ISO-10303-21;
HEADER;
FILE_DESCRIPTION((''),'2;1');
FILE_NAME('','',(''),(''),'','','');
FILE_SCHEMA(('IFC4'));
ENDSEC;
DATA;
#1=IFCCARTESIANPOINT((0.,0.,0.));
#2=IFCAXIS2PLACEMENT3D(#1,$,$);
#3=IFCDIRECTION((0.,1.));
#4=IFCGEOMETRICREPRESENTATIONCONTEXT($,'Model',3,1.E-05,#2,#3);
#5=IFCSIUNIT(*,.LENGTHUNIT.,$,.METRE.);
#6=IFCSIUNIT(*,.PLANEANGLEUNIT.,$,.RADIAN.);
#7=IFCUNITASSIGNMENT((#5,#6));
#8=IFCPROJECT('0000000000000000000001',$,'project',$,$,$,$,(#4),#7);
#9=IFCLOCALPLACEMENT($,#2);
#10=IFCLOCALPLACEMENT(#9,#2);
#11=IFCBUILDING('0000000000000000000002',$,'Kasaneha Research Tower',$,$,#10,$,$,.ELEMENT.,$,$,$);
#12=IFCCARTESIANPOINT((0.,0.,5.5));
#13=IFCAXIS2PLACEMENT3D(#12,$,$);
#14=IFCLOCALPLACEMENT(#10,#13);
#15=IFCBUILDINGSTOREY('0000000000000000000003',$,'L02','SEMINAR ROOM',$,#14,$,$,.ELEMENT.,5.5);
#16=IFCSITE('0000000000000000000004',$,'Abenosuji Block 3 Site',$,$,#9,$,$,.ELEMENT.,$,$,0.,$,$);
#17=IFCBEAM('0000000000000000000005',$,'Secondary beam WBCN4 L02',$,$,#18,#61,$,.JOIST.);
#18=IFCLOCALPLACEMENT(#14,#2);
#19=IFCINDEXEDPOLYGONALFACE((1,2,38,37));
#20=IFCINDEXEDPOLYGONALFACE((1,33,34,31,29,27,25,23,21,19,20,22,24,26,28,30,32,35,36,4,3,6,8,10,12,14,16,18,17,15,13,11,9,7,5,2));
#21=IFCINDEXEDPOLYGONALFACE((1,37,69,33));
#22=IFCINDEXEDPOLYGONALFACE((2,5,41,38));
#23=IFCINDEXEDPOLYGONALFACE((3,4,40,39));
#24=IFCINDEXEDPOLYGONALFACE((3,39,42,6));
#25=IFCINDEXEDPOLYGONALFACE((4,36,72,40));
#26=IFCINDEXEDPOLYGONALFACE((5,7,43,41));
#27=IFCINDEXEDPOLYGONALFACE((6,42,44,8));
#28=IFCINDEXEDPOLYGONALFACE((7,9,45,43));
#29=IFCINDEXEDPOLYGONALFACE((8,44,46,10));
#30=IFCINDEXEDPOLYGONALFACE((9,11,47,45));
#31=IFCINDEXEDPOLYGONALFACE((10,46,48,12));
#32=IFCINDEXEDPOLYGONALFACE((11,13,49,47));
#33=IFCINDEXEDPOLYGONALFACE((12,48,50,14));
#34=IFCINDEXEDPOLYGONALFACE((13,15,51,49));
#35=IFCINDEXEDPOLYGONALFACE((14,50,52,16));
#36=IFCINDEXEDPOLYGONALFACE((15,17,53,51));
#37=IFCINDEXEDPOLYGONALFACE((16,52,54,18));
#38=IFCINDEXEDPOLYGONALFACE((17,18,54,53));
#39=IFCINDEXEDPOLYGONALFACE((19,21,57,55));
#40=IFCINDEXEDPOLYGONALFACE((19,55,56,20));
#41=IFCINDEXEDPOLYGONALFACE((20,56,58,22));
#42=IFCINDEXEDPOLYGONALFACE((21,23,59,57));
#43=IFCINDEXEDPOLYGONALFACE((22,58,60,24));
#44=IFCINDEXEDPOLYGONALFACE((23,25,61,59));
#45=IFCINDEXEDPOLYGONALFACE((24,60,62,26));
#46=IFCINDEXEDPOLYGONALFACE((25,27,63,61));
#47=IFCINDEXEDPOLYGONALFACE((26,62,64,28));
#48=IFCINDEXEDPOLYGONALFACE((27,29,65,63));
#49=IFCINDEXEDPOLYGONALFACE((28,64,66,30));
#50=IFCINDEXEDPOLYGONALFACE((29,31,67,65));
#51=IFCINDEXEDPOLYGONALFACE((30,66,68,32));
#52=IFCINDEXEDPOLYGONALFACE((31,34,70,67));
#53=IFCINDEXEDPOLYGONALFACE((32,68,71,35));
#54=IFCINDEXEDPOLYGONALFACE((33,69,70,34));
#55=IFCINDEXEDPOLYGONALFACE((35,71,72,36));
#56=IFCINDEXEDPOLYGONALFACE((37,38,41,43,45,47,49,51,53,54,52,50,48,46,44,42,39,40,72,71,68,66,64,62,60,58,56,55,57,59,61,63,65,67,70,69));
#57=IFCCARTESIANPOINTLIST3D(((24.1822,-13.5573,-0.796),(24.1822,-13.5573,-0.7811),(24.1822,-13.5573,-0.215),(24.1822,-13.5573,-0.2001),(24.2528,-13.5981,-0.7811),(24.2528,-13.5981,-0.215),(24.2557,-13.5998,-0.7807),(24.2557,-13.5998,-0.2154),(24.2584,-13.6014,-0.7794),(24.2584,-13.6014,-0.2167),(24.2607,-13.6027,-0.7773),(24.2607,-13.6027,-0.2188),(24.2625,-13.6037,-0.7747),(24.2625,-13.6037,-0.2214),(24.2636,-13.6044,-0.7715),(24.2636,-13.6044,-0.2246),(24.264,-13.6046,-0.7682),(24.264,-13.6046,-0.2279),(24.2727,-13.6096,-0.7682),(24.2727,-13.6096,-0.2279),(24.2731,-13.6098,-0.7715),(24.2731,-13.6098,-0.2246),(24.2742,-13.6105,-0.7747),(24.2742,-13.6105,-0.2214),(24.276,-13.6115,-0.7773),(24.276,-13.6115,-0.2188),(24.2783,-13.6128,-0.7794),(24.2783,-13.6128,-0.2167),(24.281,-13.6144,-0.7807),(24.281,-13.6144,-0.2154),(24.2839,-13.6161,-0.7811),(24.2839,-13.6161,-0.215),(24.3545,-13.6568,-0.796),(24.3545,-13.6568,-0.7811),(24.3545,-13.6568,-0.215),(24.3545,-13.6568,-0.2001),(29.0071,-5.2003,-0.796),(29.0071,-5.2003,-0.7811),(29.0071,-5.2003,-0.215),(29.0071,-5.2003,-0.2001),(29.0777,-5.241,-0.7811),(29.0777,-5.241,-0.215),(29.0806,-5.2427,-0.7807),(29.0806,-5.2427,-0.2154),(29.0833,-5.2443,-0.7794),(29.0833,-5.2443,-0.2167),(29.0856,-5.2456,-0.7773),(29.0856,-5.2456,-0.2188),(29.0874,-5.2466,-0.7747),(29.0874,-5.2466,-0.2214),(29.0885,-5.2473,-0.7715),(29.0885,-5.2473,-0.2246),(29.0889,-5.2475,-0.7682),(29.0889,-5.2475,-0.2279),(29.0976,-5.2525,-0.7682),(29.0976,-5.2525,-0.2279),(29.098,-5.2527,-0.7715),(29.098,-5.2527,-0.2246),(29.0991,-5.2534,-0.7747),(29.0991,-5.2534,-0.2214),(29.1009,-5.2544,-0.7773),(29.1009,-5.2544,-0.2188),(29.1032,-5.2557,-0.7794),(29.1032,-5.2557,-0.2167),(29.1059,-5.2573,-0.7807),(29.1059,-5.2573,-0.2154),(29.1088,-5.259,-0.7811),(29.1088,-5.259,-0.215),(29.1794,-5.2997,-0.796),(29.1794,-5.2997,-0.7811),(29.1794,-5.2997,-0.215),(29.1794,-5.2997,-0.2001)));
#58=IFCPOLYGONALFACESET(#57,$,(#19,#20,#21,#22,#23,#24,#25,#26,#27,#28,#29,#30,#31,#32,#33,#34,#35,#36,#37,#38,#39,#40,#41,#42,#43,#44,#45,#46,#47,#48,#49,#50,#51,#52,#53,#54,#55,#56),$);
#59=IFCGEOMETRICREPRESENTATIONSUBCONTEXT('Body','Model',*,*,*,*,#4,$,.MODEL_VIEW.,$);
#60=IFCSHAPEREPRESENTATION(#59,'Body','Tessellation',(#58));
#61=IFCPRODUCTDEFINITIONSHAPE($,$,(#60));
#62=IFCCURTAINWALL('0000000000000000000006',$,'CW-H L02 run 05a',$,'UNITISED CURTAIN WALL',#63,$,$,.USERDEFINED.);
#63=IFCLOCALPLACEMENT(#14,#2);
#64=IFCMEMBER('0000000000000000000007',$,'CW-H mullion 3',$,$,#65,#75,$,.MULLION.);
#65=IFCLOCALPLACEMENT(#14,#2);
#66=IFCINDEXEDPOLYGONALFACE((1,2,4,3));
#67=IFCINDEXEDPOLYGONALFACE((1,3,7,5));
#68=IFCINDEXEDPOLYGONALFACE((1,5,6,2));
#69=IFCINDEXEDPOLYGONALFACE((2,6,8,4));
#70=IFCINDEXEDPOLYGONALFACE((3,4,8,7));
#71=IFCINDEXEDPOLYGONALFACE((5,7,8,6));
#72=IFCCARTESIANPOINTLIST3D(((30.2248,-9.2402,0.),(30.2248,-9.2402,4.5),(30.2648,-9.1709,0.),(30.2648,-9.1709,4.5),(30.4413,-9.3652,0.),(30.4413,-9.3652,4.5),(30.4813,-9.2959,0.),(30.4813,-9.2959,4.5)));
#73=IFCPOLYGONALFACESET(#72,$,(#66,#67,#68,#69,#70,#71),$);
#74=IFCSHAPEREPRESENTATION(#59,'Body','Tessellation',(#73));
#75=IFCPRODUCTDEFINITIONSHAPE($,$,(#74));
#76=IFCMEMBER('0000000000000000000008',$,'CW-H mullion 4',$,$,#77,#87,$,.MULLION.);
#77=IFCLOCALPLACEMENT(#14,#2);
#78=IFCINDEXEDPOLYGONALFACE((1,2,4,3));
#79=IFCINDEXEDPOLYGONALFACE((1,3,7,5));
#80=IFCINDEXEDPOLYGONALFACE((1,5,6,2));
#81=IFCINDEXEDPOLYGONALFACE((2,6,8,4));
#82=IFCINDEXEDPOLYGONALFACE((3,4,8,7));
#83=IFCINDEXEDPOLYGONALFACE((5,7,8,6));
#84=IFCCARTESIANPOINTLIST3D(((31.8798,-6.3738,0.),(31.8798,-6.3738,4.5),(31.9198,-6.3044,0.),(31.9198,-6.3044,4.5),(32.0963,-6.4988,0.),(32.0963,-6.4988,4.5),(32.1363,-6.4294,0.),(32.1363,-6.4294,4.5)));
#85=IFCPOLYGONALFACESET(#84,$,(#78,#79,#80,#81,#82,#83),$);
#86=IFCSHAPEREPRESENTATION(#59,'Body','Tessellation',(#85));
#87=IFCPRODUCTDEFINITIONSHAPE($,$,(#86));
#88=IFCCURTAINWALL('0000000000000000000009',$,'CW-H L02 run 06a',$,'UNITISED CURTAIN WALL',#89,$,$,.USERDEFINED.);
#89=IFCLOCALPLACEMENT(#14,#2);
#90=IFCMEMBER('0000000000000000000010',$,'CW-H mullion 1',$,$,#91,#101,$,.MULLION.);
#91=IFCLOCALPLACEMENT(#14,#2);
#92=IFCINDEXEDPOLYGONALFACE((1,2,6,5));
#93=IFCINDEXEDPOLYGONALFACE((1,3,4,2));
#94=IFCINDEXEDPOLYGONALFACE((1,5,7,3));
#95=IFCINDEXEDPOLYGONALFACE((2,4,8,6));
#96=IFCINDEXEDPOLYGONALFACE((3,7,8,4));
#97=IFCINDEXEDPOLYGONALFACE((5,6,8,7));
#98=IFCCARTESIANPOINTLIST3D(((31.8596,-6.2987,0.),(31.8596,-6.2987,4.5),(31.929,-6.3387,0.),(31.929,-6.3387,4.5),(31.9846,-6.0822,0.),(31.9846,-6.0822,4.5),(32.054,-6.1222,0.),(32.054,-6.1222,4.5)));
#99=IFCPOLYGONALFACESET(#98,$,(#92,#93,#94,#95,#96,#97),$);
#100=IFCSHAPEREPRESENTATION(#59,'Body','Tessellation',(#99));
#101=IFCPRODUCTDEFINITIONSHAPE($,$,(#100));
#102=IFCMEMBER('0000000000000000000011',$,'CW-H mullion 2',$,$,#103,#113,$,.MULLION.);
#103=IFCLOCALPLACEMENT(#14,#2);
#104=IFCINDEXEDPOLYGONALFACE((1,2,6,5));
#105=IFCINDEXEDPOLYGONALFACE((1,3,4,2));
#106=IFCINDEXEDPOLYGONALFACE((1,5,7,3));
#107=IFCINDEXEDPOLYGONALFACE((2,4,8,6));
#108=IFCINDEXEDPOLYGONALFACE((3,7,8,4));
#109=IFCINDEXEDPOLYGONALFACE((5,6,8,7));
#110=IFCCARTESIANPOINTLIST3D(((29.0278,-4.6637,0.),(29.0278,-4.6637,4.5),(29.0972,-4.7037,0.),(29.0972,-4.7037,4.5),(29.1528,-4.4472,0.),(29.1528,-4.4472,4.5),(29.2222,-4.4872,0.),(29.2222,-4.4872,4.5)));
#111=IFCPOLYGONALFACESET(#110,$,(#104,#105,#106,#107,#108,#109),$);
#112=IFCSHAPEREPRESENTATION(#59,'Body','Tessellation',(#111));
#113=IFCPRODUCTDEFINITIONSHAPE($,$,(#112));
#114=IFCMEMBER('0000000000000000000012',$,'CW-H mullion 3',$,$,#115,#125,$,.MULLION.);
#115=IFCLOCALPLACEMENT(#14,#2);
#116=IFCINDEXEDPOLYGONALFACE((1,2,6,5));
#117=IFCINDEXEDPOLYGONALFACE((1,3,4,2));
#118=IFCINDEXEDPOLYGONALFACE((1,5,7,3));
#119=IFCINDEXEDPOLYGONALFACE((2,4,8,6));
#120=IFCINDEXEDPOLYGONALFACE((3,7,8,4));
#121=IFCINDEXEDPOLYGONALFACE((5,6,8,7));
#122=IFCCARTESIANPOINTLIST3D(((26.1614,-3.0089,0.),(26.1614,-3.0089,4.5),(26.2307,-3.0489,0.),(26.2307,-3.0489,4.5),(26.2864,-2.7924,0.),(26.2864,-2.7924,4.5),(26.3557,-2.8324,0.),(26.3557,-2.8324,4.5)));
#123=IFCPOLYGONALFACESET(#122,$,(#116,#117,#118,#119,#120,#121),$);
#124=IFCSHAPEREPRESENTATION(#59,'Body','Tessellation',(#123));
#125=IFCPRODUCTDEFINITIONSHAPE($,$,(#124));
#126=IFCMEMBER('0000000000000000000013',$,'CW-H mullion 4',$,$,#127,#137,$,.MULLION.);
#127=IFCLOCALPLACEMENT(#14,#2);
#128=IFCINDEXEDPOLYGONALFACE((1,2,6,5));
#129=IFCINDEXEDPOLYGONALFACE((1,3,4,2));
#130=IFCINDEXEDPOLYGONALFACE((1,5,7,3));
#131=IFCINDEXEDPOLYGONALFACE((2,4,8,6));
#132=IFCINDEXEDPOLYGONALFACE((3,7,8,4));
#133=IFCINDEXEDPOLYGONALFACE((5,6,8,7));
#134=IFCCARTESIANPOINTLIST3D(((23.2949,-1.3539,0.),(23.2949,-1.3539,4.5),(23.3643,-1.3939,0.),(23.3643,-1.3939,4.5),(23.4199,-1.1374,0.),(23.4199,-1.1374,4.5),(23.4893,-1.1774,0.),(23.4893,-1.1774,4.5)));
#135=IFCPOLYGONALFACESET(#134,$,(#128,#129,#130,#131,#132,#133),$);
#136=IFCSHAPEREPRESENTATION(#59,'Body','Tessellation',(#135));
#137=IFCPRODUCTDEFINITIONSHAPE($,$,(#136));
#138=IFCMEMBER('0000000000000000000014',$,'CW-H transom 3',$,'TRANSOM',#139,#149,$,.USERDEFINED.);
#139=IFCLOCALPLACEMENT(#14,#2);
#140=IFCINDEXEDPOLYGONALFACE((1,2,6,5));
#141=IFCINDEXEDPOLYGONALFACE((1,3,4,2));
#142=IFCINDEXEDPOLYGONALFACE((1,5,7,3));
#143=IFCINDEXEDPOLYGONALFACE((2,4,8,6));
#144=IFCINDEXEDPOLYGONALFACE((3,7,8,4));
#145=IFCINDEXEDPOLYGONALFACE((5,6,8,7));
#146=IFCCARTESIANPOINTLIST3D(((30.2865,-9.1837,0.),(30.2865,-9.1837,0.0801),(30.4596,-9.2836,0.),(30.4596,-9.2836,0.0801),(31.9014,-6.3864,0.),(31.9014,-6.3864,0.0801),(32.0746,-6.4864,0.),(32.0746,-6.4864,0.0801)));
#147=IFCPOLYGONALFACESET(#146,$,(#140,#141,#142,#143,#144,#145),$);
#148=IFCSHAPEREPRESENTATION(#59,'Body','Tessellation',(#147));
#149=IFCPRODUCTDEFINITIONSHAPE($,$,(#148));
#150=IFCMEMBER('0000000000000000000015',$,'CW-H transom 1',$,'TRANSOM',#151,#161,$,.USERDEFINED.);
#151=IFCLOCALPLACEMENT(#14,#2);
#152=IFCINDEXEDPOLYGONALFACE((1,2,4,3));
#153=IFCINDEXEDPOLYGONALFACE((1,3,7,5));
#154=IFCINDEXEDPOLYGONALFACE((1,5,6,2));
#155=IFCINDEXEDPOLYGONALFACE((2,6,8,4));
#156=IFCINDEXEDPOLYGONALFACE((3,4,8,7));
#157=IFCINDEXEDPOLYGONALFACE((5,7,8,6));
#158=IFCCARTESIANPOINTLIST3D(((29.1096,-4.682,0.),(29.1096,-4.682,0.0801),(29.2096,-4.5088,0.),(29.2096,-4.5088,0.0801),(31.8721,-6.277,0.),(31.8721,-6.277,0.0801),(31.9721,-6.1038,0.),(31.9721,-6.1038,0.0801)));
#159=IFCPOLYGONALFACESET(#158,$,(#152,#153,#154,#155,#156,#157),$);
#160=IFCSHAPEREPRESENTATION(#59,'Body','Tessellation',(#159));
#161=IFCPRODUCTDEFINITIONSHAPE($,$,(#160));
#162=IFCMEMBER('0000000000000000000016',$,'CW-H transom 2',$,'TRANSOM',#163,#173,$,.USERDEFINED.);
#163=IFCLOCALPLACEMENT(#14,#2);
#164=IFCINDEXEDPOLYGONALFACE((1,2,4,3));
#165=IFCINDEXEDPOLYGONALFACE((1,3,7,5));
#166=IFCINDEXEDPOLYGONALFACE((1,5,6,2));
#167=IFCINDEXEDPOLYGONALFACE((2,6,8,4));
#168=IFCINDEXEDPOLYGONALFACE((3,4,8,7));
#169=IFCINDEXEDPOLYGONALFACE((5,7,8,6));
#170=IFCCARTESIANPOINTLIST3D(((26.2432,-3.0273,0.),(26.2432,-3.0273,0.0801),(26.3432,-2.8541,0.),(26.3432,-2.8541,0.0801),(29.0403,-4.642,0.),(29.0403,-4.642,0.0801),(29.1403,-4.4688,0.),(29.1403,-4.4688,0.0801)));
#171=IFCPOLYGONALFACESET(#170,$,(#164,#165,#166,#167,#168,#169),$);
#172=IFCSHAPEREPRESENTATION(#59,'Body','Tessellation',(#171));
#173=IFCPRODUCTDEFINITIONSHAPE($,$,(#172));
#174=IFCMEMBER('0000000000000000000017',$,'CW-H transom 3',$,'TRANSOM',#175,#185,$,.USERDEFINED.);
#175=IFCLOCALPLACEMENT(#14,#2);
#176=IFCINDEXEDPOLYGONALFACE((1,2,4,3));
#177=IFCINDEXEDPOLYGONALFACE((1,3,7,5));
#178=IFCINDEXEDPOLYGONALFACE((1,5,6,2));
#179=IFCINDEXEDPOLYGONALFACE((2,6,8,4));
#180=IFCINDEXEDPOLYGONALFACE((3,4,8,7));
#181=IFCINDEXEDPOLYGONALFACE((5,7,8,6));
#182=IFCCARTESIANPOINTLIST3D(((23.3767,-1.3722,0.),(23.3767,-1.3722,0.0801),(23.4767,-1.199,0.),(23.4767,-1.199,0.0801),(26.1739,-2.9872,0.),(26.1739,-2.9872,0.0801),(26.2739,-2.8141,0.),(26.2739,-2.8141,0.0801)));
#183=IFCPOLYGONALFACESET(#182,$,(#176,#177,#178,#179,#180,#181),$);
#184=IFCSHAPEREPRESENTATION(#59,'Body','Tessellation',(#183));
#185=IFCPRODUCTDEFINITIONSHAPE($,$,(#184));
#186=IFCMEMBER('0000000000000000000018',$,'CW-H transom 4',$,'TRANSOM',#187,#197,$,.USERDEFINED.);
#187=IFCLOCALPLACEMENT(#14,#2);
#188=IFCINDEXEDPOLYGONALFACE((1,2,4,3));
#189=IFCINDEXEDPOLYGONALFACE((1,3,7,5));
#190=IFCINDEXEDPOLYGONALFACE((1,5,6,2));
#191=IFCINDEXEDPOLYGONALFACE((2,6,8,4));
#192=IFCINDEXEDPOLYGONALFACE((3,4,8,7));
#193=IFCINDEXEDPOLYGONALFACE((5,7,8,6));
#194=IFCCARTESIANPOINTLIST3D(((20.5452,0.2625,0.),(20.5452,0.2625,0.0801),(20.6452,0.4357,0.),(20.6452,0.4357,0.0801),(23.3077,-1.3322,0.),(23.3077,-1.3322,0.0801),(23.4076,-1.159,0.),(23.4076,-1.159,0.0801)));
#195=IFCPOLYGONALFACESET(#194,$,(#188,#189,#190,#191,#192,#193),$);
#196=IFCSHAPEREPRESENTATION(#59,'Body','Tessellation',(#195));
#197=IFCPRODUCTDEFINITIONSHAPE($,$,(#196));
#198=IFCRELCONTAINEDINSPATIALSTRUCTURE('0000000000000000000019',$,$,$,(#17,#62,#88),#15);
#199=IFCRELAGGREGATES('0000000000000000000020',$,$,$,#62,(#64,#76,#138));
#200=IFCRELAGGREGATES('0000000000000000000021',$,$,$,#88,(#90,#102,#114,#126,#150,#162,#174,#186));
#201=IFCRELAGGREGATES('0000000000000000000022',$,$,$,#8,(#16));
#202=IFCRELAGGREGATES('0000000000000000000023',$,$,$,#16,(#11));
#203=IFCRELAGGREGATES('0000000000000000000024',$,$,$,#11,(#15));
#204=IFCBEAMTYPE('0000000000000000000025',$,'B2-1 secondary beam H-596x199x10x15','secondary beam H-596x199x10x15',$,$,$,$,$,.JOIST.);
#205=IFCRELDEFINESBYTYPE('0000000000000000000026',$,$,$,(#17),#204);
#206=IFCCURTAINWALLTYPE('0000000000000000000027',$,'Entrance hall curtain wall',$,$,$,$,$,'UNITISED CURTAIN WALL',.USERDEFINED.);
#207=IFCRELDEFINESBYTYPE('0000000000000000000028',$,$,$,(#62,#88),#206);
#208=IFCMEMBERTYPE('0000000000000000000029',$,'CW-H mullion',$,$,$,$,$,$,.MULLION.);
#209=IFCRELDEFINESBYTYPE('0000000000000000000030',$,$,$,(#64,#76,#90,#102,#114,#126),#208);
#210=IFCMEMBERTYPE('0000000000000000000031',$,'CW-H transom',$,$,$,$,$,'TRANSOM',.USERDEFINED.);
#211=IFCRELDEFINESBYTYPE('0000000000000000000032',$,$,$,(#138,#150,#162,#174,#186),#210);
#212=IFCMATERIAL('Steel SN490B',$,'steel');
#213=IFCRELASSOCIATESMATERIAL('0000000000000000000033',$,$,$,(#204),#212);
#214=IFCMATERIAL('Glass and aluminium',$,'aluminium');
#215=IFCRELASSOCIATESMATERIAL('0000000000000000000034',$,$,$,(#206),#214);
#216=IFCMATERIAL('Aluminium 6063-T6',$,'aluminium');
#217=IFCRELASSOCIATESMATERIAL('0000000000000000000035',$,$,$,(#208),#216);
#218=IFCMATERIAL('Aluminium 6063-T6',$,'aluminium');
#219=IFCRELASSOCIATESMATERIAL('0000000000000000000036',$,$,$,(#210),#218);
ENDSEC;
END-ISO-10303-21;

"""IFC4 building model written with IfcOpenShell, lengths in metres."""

from ifc_helpers import new_model, si_unit, direction, frame, origin, origin_2d, place, context, subcontext, project, spatial, rectangle, i_section, extrude, material, material_profile, profile_set, type_object, element, aggregate, save


model = new_model("IFC4")

# Units and contexts
model_context = context("Model", 3, precision=1e-05, world=origin(), true_north=direction((0.0, 1.0)))
body_context = subcontext(model_context, "Body", "Model", "MODEL_VIEW")
ifc_project = project(units=[si_unit("LENGTHUNIT", "METRE"), si_unit("PLANEANGLEUNIT", "RADIAN")], contexts=[model_context])

# Site, building, storey
site_placement = place(None, origin())
site = spatial("IfcSite", under=ifc_project, at=site_placement, Name="Abenosuji Block 3 Site", CompositionType="ELEMENT", RefElevation=0.0)
building_placement = place(site_placement, origin())
building = spatial("IfcBuilding", under=site, at=building_placement, Name="Kasaneha Research Tower", CompositionType="ELEMENT")
storey_placement = place(building_placement, frame((0.0, 0.0, 5.5)))
storey = spatial("IfcBuildingStorey", under=building, at=storey_placement, Name="L02", Description="SEMINAR ROOM", CompositionType="ELEMENT", Elevation=5.5)

# Beam
ifc_material_1 = material(Name="Steel SN490B", Category="steel")
ifc_material_profile_1 = material_profile(ifc_material_1, i_section(OverallWidth=0.199, OverallDepth=0.5959, WebThickness=0.01, FlangeThickness=0.0149, FilletRadius=0.0129, at=origin_2d()), Name="H-596x199x10x15")
ifc_profile_set_1 = profile_set([ifc_material_profile_1], Name="Steel SN490B")
beam_type_1 = type_object("IfcBeamType", Name="B2-1 secondary beam H-596x199x10x15", Description="secondary beam H-596x199x10x15", PredefinedType="JOIST", material=ifc_profile_set_1)
for number, where, z_axis, x_axis, name in (
    (1, (29.0933, -5.25, -0.498), (-0.499995, -0.866028, 0.0), (0.866028, -0.499995, 0.0), "Secondary beam WBCN4 L02"),
):
    element("IfcBeam", number, at=place(storey_placement, frame(where, z_axis=z_axis, x_axis=x_axis)), inside=storey, type_object=beam_type_1, Name=name, PredefinedType="JOIST", context=body_context, shape_type="SweptSolid", body=[
        extrude(i_section(OverallWidth=0.199, OverallDepth=0.5959, WebThickness=0.01, FlangeThickness=0.0149, FilletRadius=0.0129, at=origin_2d()), origin(), (0.0, 0.0, 1.0), 9.6499),
    ])

# Curtain walls, members
ifc_material_2 = material(Name="Glass and aluminium", Category="aluminium")
curtain_wall_type = type_object("IfcCurtainWallType", Name="Entrance hall curtain wall", ElementType="UNITISED CURTAIN WALL", PredefinedType="USERDEFINED", material=ifc_material_2)
curtain_wall_1_placement = place(storey_placement, origin())
curtain_wall_1 = element("IfcCurtainWall", 2, at=curtain_wall_1_placement, inside=storey, type_object=curtain_wall_type, Name="CW-H L02 run 05a", ObjectType="UNITISED CURTAIN WALL", PredefinedType="USERDEFINED")
ifc_material_3 = material(Name="Aluminium 6063-T6", Category="aluminium")
ifc_material_profile_2 = material_profile(ifc_material_3, rectangle(XDim=0.0801, YDim=0.25, at=origin_2d()), Name="CW-H mullion 80x250")
ifc_profile_set_2 = profile_set([ifc_material_profile_2], Name="Aluminium 6063-T6")
member_type_1 = type_object("IfcMemberType", Name="CW-H mullion", PredefinedType="MULLION", material=ifc_profile_set_2)
member_1_placement = place(storey_placement, frame((30.353, -9.2681, 0.0), z_axis=(0.0, 0.0, 1.0), x_axis=(0.5, 0.866025, 0.0)))
member_1 = element("IfcMember", 3, at=member_1_placement, type_object=member_type_1, Name="CW-H mullion 3", PredefinedType="MULLION", context=body_context, shape_type="SweptSolid", body=[
    extrude(rectangle(XDim=0.0801, YDim=0.25, at=origin_2d()), origin(), (0.0, 0.0, 1.0), 4.5),
])
member_2_placement = place(storey_placement, frame((32.0081, -6.4016, 0.0), z_axis=(0.0, 0.0, 1.0), x_axis=(0.5, 0.866025, 0.0)))
member_2 = element("IfcMember", 4, at=member_2_placement, type_object=member_type_1, Name="CW-H mullion 4", PredefinedType="MULLION", context=body_context, shape_type="SweptSolid", body=[
    extrude(rectangle(XDim=0.0801, YDim=0.25, at=origin_2d()), origin(), (0.0, 0.0, 1.0), 4.5),
])
curtain_wall_2_placement = place(storey_placement, origin())
curtain_wall_2 = element("IfcCurtainWall", 5, at=curtain_wall_2_placement, inside=storey, type_object=curtain_wall_type, Name="CW-H L02 run 06a", ObjectType="UNITISED CURTAIN WALL", PredefinedType="USERDEFINED")
member_3_placement = place(storey_placement, frame((31.9568, -6.2104, 0.0), z_axis=(0.0, 0.0, 1.0), x_axis=(-0.866025, 0.5, 0.0)))
member_3 = element("IfcMember", 6, at=member_3_placement, type_object=member_type_1, Name="CW-H mullion 1", PredefinedType="MULLION", context=body_context, shape_type="SweptSolid", body=[
    extrude(rectangle(XDim=0.0801, YDim=0.25, at=origin_2d()), origin(), (0.0, 0.0, 1.0), 4.5),
])
member_4_placement = place(storey_placement, frame((29.125, -4.5754, 0.0), z_axis=(0.0, 0.0, 1.0), x_axis=(-0.866025, 0.5, 0.0)))
member_4 = element("IfcMember", 7, at=member_4_placement, type_object=member_type_1, Name="CW-H mullion 2", PredefinedType="MULLION", context=body_context, shape_type="SweptSolid", body=[
    extrude(rectangle(XDim=0.0801, YDim=0.25, at=origin_2d()), origin(), (0.0, 0.0, 1.0), 4.5),
])
member_5_placement = place(storey_placement, frame((26.2585, -2.9207, 0.0), z_axis=(0.0, 0.0, 1.0), x_axis=(-0.866025, 0.5, 0.0)))
member_5 = element("IfcMember", 8, at=member_5_placement, type_object=member_type_1, Name="CW-H mullion 3", PredefinedType="MULLION", context=body_context, shape_type="SweptSolid", body=[
    extrude(rectangle(XDim=0.0801, YDim=0.25, at=origin_2d()), origin(), (0.0, 0.0, 1.0), 4.5),
])
member_6_placement = place(storey_placement, frame((23.3921, -1.2656, 0.0), z_axis=(0.0, 0.0, 1.0), x_axis=(-0.866025, 0.5, 0.0)))
member_6 = element("IfcMember", 9, at=member_6_placement, type_object=member_type_1, Name="CW-H mullion 4", PredefinedType="MULLION", context=body_context, shape_type="SweptSolid", body=[
    extrude(rectangle(XDim=0.0801, YDim=0.25, at=origin_2d()), origin(), (0.0, 0.0, 1.0), 4.5),
])

# Members
ifc_material_4 = material(Name="Aluminium 6063-T6", Category="aluminium")
ifc_material_profile_3 = material_profile(ifc_material_4, rectangle(XDim=0.2, YDim=0.0801, at=origin_2d()), Name="CW-H transom 200x80")
ifc_profile_set_3 = profile_set([ifc_material_profile_3], Name="Aluminium 6063-T6")
member_type_2 = type_object("IfcMemberType", Name="CW-H transom", ElementType="TRANSOM", PredefinedType="USERDEFINED", material=ifc_profile_set_3)
member_7_placement = place(storey_placement, frame((30.373, -9.2336, 0.04), z_axis=(0.499984, 0.866035, 0.0), x_axis=(-0.866035, 0.499984, 0.0)))
member_7 = element("IfcMember", 10, at=member_7_placement, type_object=member_type_2, Name="CW-H transom 3", ObjectType="TRANSOM", PredefinedType="USERDEFINED", context=body_context, shape_type="SweptSolid", body=[
    extrude(rectangle(XDim=0.2, YDim=0.0801, at=origin_2d()), origin(), (0.0, 0.0, 1.0), 3.23),
])
member_8_placement = place(storey_placement, frame((31.9221, -6.1904, 0.04), z_axis=(-0.866016, 0.500016, 0.0), x_axis=(-0.500016, -0.866016, 0.0)))
member_8 = element("IfcMember", 11, at=member_8_placement, type_object=member_type_2, Name="CW-H transom 1", ObjectType="TRANSOM", PredefinedType="USERDEFINED", context=body_context, shape_type="SweptSolid", body=[
    extrude(rectangle(XDim=0.2, YDim=0.0801, at=origin_2d()), origin(), (0.0, 0.0, 1.0), 3.1899),
])
member_9_placement = place(storey_placement, frame((29.0903, -4.5554, 0.04), z_axis=(-0.866048, 0.49996, 0.0), x_axis=(-0.49996, -0.866048, 0.0)))
member_9 = element("IfcMember", 12, at=member_9_placement, type_object=member_type_2, Name="CW-H transom 2", ObjectType="TRANSOM", PredefinedType="USERDEFINED", context=body_context, shape_type="SweptSolid", body=[
    extrude(rectangle(XDim=0.2, YDim=0.0801, at=origin_2d()), origin(), (0.0, 0.0, 1.0), 3.2297),
])
member_10_placement = place(storey_placement, frame((26.2239, -2.9006, 0.04), z_axis=(-0.866016, 0.500017, 0.0), x_axis=(-0.500017, -0.866016, 0.0)))
member_10 = element("IfcMember", 13, at=member_10_placement, type_object=member_type_2, Name="CW-H transom 3", ObjectType="TRANSOM", PredefinedType="USERDEFINED", context=body_context, shape_type="SweptSolid", body=[
    extrude(rectangle(XDim=0.2, YDim=0.0801, at=origin_2d()), origin(), (0.0, 0.0, 1.0), 3.23),
])
member_11_placement = place(storey_placement, frame((23.3577, -1.2456, 0.04), z_axis=(-0.866049, 0.499959, 0.0), x_axis=(-0.499959, -0.866049, 0.0)))
member_11 = element("IfcMember", 14, at=member_11_placement, type_object=member_type_2, Name="CW-H transom 4", ObjectType="TRANSOM", PredefinedType="USERDEFINED", context=body_context, shape_type="SweptSolid", body=[
    extrude(rectangle(XDim=0.2, YDim=0.0801, at=origin_2d()), origin(), (0.0, 0.0, 1.0), 3.1897),
])

aggregate(curtain_wall_1, [member_1, member_2, member_7])
aggregate(curtain_wall_2, [member_3, member_4, member_5, member_6, member_8, member_9, member_10, member_11])

save(model, "model.ifc")
